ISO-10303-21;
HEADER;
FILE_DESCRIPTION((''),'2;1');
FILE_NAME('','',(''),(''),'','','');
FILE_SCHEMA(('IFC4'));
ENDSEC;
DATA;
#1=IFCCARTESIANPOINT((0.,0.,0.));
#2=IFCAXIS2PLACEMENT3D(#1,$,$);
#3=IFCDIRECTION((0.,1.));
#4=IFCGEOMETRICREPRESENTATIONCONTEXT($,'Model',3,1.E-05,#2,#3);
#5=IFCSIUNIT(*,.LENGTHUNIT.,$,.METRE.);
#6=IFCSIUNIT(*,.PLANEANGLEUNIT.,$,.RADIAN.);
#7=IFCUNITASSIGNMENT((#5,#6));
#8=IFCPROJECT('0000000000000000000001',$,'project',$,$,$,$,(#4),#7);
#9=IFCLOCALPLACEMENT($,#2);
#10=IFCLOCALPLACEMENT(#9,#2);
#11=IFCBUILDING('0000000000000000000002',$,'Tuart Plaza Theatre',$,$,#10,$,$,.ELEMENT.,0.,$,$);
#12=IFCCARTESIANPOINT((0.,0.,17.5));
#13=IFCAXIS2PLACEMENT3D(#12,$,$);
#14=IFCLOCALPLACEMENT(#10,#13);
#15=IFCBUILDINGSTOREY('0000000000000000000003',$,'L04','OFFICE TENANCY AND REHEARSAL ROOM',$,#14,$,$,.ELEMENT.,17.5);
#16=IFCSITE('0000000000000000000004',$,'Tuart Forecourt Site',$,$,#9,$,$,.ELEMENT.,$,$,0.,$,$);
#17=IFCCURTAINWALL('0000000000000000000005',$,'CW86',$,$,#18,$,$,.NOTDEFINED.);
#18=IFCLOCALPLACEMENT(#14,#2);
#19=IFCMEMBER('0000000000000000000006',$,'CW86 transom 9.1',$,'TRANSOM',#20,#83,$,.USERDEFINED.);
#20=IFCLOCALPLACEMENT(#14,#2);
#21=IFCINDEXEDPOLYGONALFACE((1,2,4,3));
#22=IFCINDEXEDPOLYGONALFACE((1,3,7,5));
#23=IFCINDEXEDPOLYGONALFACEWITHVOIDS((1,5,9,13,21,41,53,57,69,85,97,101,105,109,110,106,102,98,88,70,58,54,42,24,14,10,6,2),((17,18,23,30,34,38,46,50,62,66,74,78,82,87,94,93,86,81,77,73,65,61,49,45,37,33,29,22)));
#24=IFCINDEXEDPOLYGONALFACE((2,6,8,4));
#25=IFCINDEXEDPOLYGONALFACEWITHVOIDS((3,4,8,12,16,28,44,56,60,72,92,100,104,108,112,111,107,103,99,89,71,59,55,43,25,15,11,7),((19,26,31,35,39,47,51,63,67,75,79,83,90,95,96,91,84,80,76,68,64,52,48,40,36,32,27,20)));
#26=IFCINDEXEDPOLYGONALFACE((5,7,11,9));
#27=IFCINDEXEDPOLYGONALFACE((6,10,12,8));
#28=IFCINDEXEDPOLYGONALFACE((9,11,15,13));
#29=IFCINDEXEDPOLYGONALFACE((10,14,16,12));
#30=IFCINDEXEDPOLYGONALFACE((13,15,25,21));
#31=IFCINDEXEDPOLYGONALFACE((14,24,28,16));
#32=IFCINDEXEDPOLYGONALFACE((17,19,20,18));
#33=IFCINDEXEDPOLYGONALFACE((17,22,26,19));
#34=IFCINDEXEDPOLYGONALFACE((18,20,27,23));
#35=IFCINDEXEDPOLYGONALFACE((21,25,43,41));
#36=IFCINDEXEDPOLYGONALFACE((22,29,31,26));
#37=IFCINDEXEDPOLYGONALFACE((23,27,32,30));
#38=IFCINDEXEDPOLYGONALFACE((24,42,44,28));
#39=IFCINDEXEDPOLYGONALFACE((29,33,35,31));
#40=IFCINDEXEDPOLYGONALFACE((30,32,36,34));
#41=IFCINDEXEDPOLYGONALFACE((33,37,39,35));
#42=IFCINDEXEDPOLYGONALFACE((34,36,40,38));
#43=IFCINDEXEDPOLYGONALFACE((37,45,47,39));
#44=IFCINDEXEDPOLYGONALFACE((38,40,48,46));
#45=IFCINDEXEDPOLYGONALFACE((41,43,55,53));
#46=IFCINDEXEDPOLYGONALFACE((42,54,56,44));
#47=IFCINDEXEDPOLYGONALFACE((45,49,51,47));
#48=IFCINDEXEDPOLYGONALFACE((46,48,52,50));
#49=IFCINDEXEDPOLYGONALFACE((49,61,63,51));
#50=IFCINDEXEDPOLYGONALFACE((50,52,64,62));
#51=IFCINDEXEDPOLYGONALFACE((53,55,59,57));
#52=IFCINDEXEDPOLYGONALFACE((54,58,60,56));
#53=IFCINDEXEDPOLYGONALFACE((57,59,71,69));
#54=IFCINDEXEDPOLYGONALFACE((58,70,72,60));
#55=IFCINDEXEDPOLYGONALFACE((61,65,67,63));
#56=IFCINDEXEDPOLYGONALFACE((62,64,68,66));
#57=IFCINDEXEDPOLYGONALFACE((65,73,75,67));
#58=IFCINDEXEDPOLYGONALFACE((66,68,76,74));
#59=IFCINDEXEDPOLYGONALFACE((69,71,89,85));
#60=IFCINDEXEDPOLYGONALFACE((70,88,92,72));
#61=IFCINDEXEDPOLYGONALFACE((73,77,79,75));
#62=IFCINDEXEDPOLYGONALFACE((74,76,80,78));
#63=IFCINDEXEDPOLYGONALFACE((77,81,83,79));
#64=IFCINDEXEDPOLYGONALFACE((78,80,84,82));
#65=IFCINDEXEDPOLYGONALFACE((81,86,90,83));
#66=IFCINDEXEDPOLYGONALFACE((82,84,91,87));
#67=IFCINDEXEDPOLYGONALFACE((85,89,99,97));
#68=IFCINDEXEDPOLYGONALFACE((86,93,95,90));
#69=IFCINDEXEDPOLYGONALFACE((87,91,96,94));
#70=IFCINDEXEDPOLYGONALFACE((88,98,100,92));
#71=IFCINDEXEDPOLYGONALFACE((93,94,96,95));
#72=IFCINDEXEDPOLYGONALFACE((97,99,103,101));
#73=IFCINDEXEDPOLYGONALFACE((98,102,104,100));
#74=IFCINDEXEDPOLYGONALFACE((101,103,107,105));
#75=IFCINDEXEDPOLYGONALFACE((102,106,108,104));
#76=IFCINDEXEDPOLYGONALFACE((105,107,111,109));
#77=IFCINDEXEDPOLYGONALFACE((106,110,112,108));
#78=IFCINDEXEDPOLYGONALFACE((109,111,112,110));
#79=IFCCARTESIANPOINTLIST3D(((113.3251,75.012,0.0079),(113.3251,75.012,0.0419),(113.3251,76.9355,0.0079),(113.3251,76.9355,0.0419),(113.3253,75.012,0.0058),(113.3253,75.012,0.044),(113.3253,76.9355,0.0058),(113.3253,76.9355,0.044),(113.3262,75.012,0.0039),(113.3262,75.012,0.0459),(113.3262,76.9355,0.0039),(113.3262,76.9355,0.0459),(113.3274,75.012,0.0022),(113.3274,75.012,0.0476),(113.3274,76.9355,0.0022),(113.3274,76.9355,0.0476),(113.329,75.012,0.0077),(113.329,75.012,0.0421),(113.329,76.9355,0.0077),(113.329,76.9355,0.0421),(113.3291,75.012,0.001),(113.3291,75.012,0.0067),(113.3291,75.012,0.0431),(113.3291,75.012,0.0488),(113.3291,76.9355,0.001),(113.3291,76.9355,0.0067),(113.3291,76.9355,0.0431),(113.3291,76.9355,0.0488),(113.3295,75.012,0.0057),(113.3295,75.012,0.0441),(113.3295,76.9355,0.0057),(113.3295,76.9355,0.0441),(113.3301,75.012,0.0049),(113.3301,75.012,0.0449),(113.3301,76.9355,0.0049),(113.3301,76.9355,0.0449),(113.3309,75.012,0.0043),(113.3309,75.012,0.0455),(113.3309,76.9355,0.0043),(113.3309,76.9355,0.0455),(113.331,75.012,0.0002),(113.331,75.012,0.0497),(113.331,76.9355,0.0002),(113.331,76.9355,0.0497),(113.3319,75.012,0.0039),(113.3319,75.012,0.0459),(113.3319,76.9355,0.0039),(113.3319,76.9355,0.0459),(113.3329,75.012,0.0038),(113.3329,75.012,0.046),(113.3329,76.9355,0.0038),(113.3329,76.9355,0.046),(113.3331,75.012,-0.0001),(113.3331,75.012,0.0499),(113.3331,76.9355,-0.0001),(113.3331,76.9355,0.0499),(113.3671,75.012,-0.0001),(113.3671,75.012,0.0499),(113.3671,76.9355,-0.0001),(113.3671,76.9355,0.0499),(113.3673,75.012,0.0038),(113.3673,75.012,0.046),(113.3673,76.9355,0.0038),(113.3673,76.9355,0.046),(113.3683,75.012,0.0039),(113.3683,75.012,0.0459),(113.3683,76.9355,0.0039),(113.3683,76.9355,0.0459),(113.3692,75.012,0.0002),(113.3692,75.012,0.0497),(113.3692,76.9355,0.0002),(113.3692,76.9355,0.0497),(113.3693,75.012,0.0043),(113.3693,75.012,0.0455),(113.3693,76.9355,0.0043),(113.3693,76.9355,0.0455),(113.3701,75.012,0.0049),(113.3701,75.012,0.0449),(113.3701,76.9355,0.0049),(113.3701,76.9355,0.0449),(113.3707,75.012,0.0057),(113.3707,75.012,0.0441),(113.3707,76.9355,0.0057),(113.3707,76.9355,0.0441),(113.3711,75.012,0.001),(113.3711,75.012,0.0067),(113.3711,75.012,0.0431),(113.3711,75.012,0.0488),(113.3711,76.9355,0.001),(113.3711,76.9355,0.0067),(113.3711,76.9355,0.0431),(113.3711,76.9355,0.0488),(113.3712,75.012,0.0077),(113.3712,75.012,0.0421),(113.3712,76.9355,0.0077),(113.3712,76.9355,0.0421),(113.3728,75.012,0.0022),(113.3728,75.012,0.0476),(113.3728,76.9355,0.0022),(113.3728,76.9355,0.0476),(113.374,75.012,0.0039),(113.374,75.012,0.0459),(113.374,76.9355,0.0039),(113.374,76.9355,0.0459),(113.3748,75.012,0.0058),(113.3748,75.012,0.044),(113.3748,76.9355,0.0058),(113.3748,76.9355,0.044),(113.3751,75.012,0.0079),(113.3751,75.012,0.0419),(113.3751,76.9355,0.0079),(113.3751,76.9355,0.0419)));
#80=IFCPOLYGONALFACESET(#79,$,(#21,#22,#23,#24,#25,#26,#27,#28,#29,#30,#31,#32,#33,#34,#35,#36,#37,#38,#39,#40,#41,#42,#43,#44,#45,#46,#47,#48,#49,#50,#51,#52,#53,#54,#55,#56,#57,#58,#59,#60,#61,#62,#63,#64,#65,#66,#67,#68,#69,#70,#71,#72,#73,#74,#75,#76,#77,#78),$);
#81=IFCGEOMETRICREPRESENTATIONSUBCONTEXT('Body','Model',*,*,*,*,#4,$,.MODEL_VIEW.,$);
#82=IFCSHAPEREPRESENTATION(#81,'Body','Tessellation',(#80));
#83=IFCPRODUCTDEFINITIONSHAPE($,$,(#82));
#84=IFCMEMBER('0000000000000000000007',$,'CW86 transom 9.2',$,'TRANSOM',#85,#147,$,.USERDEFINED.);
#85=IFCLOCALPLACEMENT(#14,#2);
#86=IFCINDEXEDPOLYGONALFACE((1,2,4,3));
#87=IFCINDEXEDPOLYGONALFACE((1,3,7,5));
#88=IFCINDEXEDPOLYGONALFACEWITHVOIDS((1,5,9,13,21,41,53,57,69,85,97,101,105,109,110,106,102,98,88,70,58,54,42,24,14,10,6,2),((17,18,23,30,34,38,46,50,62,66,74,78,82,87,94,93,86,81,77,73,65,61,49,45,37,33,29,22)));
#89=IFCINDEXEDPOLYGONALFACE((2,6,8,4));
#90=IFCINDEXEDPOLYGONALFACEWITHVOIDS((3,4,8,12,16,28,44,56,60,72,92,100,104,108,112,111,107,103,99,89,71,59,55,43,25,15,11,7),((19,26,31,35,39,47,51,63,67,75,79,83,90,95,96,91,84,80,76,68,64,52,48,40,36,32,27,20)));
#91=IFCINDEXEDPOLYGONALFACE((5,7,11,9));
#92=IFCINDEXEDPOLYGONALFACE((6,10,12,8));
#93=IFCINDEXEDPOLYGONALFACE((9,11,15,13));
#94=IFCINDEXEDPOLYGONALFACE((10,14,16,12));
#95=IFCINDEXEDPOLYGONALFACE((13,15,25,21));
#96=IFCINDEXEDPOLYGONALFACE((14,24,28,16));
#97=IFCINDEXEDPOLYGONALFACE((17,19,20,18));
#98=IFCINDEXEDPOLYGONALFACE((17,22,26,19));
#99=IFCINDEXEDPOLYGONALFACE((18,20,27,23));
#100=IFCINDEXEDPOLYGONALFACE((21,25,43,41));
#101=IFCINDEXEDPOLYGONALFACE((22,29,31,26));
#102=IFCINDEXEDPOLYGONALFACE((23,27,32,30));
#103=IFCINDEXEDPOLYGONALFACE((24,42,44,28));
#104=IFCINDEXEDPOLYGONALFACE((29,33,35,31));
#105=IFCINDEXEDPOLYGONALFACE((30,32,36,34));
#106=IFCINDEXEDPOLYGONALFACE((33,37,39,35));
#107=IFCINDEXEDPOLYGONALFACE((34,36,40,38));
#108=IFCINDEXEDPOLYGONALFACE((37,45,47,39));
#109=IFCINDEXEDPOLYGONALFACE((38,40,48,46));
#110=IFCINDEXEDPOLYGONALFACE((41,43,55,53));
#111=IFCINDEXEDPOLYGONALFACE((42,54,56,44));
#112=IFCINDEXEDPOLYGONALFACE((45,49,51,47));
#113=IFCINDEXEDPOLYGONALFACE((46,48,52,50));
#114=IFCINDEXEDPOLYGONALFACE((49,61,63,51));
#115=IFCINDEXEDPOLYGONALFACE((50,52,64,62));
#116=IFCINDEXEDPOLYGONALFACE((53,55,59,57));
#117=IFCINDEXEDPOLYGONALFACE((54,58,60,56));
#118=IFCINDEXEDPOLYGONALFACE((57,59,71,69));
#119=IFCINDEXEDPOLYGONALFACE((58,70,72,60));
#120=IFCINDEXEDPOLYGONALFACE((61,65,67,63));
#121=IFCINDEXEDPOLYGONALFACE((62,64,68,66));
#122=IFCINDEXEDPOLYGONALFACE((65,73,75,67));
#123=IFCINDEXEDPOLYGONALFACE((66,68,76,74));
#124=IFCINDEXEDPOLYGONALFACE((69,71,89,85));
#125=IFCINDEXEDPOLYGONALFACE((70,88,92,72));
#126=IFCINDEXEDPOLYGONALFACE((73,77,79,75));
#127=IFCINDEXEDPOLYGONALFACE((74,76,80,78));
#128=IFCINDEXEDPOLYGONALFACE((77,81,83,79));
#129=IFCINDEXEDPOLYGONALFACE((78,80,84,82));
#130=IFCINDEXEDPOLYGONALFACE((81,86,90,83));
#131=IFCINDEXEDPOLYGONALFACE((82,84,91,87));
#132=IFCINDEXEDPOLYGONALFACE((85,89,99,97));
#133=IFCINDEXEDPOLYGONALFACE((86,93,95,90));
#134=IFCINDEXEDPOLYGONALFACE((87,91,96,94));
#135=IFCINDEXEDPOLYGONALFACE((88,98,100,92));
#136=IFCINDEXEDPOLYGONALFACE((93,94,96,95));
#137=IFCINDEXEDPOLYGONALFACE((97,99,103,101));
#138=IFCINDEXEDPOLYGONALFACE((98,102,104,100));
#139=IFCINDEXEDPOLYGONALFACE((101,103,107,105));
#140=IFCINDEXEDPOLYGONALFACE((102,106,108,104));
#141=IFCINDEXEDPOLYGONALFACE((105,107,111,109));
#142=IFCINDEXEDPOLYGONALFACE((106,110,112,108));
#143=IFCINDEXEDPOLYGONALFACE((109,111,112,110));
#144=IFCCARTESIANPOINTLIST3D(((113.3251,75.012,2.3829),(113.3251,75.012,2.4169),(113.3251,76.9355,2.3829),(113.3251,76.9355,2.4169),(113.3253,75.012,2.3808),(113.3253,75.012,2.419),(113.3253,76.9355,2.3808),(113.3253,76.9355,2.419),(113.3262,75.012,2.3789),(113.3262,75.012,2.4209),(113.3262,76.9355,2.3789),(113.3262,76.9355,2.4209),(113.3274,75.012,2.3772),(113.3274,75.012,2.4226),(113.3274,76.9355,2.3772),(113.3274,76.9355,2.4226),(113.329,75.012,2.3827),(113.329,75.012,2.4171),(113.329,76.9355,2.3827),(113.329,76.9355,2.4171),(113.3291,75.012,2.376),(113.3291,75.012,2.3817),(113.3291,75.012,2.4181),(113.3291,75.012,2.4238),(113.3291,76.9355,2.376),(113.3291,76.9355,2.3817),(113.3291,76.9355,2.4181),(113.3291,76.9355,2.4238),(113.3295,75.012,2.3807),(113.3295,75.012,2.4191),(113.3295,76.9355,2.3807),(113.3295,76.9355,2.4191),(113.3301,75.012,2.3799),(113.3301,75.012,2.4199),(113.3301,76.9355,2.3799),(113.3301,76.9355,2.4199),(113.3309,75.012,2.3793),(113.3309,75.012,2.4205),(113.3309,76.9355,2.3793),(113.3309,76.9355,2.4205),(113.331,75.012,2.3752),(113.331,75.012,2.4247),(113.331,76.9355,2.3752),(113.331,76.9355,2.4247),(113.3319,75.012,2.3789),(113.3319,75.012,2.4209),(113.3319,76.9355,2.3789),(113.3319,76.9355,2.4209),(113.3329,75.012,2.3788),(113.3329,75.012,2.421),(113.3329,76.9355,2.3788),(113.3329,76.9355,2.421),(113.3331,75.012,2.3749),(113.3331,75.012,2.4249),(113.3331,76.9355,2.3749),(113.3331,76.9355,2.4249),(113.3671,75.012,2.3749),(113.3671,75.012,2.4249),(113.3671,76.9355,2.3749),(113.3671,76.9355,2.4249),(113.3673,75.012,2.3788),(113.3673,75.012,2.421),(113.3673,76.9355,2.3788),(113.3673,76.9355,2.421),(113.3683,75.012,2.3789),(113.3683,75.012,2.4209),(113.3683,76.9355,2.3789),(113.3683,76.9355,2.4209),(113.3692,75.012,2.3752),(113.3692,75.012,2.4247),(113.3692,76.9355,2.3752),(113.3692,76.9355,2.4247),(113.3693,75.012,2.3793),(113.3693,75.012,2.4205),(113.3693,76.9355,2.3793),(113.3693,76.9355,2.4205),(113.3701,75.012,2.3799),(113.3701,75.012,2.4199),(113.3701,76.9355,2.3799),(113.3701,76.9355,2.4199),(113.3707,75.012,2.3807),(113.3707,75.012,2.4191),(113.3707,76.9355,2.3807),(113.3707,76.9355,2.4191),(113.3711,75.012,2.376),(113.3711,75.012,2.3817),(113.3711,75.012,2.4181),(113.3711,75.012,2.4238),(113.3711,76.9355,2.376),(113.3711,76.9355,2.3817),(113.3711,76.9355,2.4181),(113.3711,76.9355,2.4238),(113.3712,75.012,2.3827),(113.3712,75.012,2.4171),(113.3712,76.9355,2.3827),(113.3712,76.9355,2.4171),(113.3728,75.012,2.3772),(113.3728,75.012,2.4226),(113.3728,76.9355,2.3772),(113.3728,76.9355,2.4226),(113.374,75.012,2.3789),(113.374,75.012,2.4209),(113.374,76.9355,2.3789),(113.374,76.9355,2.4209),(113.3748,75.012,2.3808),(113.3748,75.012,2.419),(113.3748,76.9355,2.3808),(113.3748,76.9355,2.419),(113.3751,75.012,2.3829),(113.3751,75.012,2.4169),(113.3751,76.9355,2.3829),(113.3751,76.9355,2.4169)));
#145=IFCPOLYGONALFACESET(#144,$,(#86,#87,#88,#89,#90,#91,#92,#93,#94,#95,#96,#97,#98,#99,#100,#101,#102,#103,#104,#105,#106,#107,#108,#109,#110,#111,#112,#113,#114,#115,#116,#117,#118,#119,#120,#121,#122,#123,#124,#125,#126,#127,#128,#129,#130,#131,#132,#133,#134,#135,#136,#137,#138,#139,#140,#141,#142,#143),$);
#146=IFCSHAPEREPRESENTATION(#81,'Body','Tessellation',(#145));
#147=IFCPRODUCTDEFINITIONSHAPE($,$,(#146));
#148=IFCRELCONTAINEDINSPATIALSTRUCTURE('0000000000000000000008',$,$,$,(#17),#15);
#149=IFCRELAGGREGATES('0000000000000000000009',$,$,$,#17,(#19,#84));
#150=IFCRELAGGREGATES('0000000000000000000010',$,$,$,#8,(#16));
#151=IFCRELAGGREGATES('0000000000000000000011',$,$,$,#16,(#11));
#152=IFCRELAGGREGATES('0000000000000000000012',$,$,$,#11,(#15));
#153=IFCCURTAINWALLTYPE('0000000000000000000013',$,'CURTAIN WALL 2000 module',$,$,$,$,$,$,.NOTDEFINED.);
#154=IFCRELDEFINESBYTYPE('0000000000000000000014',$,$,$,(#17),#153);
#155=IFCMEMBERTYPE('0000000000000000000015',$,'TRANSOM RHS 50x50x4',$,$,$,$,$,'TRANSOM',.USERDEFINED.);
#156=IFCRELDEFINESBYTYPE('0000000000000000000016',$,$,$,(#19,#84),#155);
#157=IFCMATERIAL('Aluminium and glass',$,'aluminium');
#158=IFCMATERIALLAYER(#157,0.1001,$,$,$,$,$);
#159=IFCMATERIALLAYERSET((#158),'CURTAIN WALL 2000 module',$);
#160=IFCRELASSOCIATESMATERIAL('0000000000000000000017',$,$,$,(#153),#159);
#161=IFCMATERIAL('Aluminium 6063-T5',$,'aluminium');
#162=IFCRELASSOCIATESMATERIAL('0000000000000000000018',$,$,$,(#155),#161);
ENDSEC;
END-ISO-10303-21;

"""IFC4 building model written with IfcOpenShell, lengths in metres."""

from ifc_helpers import new_model, si_unit, direction, frame, origin, origin_2d, place, context, subcontext, project, spatial, hollow_rectangle, extrude, material, layer, layer_set, material_profile, profile_set, type_object, element, aggregate, save


model = new_model("IFC4")

# Units and contexts
model_context = context("Model", 3, precision=1e-05, world=origin(), true_north=direction((0.0, 1.0)))
body_context = subcontext(model_context, "Body", "Model", "MODEL_VIEW")
ifc_project = project(units=[si_unit("LENGTHUNIT", "METRE"), si_unit("PLANEANGLEUNIT", "RADIAN")], contexts=[model_context])

# Site, building, storey
site_placement = place(None, origin())
site = spatial("IfcSite", under=ifc_project, at=site_placement, Name="Tuart Forecourt Site", CompositionType="ELEMENT", RefElevation=0.0)
building_placement = place(site_placement, origin())
building = spatial("IfcBuilding", under=site, at=building_placement, Name="Tuart Plaza Theatre", CompositionType="ELEMENT", ElevationOfRefHeight=0.0)
storey_placement = place(building_placement, frame((0.0, 0.0, 17.5)))
storey = spatial("IfcBuildingStorey", under=building, at=storey_placement, Name="L04", Description="OFFICE TENANCY AND REHEARSAL ROOM", CompositionType="ELEMENT", Elevation=17.5)

# Curtain wall, members
ifc_material_1 = material(Name="Aluminium and glass", Category="aluminium")
ifc_layer_1 = layer(ifc_material_1, 0.1001)
ifc_layer_set_1 = layer_set([ifc_layer_1], Name="CURTAIN WALL 2000 module")
curtain_wall_type = type_object("IfcCurtainWallType", Name="CURTAIN WALL 2000 module", PredefinedType="NOTDEFINED", material=ifc_layer_set_1)
curtain_wall_placement = place(storey_placement, origin())
curtain_wall = element("IfcCurtainWall", 1, at=curtain_wall_placement, inside=storey, type_object=curtain_wall_type, Name="CW86", PredefinedType="NOTDEFINED")
ifc_material_2 = material(Name="Aluminium 6063-T5", Category="aluminium")
ifc_material_profile_1 = material_profile(ifc_material_2, hollow_rectangle(XDim=0.05, YDim=0.05, WallThickness=0.0039, InnerFilletRadius=0.0039, OuterFilletRadius=0.0081, at=origin_2d()), Name="RHS 50x50x4")
ifc_profile_set_1 = profile_set([ifc_material_profile_1], Name="Aluminium 6063-T5")
member_type_1 = type_object("IfcMemberType", Name="TRANSOM RHS 50x50x4", ElementType="TRANSOM", PredefinedType="USERDEFINED", material=ifc_profile_set_1)
member_1_placement = place(storey_placement, frame((113.3501, 76.9355, 0.0249), z_axis=(0.0, -1.0, 0.0), x_axis=(1.0, 0.0, 0.0)))
member_1 = element("IfcMember", 2, at=member_1_placement, type_object=member_type_1, Name="CW86 transom 9.1", ObjectType="TRANSOM", PredefinedType="USERDEFINED", context=body_context, shape_type="SweptSolid", body=[
    extrude(hollow_rectangle(XDim=0.05, YDim=0.05, WallThickness=0.0039, InnerFilletRadius=0.0039, OuterFilletRadius=0.0081, at=origin_2d()), origin(), (0.0, 0.0, 1.0), 1.9236),
])
member_2_placement = place(storey_placement, frame((113.3501, 76.9355, 2.3999), z_axis=(0.0, -1.0, 0.0), x_axis=(1.0, 0.0, 0.0)))
member_2 = element("IfcMember", 3, at=member_2_placement, type_object=member_type_1, Name="CW86 transom 9.2", ObjectType="TRANSOM", PredefinedType="USERDEFINED", context=body_context, shape_type="SweptSolid", body=[
    extrude(hollow_rectangle(XDim=0.05, YDim=0.05, WallThickness=0.0039, InnerFilletRadius=0.0039, OuterFilletRadius=0.0081, at=origin_2d()), origin(), (0.0, 0.0, 1.0), 1.9236),
])
aggregate(curtain_wall, [member_1, member_2])

save(model, "model.ifc")
